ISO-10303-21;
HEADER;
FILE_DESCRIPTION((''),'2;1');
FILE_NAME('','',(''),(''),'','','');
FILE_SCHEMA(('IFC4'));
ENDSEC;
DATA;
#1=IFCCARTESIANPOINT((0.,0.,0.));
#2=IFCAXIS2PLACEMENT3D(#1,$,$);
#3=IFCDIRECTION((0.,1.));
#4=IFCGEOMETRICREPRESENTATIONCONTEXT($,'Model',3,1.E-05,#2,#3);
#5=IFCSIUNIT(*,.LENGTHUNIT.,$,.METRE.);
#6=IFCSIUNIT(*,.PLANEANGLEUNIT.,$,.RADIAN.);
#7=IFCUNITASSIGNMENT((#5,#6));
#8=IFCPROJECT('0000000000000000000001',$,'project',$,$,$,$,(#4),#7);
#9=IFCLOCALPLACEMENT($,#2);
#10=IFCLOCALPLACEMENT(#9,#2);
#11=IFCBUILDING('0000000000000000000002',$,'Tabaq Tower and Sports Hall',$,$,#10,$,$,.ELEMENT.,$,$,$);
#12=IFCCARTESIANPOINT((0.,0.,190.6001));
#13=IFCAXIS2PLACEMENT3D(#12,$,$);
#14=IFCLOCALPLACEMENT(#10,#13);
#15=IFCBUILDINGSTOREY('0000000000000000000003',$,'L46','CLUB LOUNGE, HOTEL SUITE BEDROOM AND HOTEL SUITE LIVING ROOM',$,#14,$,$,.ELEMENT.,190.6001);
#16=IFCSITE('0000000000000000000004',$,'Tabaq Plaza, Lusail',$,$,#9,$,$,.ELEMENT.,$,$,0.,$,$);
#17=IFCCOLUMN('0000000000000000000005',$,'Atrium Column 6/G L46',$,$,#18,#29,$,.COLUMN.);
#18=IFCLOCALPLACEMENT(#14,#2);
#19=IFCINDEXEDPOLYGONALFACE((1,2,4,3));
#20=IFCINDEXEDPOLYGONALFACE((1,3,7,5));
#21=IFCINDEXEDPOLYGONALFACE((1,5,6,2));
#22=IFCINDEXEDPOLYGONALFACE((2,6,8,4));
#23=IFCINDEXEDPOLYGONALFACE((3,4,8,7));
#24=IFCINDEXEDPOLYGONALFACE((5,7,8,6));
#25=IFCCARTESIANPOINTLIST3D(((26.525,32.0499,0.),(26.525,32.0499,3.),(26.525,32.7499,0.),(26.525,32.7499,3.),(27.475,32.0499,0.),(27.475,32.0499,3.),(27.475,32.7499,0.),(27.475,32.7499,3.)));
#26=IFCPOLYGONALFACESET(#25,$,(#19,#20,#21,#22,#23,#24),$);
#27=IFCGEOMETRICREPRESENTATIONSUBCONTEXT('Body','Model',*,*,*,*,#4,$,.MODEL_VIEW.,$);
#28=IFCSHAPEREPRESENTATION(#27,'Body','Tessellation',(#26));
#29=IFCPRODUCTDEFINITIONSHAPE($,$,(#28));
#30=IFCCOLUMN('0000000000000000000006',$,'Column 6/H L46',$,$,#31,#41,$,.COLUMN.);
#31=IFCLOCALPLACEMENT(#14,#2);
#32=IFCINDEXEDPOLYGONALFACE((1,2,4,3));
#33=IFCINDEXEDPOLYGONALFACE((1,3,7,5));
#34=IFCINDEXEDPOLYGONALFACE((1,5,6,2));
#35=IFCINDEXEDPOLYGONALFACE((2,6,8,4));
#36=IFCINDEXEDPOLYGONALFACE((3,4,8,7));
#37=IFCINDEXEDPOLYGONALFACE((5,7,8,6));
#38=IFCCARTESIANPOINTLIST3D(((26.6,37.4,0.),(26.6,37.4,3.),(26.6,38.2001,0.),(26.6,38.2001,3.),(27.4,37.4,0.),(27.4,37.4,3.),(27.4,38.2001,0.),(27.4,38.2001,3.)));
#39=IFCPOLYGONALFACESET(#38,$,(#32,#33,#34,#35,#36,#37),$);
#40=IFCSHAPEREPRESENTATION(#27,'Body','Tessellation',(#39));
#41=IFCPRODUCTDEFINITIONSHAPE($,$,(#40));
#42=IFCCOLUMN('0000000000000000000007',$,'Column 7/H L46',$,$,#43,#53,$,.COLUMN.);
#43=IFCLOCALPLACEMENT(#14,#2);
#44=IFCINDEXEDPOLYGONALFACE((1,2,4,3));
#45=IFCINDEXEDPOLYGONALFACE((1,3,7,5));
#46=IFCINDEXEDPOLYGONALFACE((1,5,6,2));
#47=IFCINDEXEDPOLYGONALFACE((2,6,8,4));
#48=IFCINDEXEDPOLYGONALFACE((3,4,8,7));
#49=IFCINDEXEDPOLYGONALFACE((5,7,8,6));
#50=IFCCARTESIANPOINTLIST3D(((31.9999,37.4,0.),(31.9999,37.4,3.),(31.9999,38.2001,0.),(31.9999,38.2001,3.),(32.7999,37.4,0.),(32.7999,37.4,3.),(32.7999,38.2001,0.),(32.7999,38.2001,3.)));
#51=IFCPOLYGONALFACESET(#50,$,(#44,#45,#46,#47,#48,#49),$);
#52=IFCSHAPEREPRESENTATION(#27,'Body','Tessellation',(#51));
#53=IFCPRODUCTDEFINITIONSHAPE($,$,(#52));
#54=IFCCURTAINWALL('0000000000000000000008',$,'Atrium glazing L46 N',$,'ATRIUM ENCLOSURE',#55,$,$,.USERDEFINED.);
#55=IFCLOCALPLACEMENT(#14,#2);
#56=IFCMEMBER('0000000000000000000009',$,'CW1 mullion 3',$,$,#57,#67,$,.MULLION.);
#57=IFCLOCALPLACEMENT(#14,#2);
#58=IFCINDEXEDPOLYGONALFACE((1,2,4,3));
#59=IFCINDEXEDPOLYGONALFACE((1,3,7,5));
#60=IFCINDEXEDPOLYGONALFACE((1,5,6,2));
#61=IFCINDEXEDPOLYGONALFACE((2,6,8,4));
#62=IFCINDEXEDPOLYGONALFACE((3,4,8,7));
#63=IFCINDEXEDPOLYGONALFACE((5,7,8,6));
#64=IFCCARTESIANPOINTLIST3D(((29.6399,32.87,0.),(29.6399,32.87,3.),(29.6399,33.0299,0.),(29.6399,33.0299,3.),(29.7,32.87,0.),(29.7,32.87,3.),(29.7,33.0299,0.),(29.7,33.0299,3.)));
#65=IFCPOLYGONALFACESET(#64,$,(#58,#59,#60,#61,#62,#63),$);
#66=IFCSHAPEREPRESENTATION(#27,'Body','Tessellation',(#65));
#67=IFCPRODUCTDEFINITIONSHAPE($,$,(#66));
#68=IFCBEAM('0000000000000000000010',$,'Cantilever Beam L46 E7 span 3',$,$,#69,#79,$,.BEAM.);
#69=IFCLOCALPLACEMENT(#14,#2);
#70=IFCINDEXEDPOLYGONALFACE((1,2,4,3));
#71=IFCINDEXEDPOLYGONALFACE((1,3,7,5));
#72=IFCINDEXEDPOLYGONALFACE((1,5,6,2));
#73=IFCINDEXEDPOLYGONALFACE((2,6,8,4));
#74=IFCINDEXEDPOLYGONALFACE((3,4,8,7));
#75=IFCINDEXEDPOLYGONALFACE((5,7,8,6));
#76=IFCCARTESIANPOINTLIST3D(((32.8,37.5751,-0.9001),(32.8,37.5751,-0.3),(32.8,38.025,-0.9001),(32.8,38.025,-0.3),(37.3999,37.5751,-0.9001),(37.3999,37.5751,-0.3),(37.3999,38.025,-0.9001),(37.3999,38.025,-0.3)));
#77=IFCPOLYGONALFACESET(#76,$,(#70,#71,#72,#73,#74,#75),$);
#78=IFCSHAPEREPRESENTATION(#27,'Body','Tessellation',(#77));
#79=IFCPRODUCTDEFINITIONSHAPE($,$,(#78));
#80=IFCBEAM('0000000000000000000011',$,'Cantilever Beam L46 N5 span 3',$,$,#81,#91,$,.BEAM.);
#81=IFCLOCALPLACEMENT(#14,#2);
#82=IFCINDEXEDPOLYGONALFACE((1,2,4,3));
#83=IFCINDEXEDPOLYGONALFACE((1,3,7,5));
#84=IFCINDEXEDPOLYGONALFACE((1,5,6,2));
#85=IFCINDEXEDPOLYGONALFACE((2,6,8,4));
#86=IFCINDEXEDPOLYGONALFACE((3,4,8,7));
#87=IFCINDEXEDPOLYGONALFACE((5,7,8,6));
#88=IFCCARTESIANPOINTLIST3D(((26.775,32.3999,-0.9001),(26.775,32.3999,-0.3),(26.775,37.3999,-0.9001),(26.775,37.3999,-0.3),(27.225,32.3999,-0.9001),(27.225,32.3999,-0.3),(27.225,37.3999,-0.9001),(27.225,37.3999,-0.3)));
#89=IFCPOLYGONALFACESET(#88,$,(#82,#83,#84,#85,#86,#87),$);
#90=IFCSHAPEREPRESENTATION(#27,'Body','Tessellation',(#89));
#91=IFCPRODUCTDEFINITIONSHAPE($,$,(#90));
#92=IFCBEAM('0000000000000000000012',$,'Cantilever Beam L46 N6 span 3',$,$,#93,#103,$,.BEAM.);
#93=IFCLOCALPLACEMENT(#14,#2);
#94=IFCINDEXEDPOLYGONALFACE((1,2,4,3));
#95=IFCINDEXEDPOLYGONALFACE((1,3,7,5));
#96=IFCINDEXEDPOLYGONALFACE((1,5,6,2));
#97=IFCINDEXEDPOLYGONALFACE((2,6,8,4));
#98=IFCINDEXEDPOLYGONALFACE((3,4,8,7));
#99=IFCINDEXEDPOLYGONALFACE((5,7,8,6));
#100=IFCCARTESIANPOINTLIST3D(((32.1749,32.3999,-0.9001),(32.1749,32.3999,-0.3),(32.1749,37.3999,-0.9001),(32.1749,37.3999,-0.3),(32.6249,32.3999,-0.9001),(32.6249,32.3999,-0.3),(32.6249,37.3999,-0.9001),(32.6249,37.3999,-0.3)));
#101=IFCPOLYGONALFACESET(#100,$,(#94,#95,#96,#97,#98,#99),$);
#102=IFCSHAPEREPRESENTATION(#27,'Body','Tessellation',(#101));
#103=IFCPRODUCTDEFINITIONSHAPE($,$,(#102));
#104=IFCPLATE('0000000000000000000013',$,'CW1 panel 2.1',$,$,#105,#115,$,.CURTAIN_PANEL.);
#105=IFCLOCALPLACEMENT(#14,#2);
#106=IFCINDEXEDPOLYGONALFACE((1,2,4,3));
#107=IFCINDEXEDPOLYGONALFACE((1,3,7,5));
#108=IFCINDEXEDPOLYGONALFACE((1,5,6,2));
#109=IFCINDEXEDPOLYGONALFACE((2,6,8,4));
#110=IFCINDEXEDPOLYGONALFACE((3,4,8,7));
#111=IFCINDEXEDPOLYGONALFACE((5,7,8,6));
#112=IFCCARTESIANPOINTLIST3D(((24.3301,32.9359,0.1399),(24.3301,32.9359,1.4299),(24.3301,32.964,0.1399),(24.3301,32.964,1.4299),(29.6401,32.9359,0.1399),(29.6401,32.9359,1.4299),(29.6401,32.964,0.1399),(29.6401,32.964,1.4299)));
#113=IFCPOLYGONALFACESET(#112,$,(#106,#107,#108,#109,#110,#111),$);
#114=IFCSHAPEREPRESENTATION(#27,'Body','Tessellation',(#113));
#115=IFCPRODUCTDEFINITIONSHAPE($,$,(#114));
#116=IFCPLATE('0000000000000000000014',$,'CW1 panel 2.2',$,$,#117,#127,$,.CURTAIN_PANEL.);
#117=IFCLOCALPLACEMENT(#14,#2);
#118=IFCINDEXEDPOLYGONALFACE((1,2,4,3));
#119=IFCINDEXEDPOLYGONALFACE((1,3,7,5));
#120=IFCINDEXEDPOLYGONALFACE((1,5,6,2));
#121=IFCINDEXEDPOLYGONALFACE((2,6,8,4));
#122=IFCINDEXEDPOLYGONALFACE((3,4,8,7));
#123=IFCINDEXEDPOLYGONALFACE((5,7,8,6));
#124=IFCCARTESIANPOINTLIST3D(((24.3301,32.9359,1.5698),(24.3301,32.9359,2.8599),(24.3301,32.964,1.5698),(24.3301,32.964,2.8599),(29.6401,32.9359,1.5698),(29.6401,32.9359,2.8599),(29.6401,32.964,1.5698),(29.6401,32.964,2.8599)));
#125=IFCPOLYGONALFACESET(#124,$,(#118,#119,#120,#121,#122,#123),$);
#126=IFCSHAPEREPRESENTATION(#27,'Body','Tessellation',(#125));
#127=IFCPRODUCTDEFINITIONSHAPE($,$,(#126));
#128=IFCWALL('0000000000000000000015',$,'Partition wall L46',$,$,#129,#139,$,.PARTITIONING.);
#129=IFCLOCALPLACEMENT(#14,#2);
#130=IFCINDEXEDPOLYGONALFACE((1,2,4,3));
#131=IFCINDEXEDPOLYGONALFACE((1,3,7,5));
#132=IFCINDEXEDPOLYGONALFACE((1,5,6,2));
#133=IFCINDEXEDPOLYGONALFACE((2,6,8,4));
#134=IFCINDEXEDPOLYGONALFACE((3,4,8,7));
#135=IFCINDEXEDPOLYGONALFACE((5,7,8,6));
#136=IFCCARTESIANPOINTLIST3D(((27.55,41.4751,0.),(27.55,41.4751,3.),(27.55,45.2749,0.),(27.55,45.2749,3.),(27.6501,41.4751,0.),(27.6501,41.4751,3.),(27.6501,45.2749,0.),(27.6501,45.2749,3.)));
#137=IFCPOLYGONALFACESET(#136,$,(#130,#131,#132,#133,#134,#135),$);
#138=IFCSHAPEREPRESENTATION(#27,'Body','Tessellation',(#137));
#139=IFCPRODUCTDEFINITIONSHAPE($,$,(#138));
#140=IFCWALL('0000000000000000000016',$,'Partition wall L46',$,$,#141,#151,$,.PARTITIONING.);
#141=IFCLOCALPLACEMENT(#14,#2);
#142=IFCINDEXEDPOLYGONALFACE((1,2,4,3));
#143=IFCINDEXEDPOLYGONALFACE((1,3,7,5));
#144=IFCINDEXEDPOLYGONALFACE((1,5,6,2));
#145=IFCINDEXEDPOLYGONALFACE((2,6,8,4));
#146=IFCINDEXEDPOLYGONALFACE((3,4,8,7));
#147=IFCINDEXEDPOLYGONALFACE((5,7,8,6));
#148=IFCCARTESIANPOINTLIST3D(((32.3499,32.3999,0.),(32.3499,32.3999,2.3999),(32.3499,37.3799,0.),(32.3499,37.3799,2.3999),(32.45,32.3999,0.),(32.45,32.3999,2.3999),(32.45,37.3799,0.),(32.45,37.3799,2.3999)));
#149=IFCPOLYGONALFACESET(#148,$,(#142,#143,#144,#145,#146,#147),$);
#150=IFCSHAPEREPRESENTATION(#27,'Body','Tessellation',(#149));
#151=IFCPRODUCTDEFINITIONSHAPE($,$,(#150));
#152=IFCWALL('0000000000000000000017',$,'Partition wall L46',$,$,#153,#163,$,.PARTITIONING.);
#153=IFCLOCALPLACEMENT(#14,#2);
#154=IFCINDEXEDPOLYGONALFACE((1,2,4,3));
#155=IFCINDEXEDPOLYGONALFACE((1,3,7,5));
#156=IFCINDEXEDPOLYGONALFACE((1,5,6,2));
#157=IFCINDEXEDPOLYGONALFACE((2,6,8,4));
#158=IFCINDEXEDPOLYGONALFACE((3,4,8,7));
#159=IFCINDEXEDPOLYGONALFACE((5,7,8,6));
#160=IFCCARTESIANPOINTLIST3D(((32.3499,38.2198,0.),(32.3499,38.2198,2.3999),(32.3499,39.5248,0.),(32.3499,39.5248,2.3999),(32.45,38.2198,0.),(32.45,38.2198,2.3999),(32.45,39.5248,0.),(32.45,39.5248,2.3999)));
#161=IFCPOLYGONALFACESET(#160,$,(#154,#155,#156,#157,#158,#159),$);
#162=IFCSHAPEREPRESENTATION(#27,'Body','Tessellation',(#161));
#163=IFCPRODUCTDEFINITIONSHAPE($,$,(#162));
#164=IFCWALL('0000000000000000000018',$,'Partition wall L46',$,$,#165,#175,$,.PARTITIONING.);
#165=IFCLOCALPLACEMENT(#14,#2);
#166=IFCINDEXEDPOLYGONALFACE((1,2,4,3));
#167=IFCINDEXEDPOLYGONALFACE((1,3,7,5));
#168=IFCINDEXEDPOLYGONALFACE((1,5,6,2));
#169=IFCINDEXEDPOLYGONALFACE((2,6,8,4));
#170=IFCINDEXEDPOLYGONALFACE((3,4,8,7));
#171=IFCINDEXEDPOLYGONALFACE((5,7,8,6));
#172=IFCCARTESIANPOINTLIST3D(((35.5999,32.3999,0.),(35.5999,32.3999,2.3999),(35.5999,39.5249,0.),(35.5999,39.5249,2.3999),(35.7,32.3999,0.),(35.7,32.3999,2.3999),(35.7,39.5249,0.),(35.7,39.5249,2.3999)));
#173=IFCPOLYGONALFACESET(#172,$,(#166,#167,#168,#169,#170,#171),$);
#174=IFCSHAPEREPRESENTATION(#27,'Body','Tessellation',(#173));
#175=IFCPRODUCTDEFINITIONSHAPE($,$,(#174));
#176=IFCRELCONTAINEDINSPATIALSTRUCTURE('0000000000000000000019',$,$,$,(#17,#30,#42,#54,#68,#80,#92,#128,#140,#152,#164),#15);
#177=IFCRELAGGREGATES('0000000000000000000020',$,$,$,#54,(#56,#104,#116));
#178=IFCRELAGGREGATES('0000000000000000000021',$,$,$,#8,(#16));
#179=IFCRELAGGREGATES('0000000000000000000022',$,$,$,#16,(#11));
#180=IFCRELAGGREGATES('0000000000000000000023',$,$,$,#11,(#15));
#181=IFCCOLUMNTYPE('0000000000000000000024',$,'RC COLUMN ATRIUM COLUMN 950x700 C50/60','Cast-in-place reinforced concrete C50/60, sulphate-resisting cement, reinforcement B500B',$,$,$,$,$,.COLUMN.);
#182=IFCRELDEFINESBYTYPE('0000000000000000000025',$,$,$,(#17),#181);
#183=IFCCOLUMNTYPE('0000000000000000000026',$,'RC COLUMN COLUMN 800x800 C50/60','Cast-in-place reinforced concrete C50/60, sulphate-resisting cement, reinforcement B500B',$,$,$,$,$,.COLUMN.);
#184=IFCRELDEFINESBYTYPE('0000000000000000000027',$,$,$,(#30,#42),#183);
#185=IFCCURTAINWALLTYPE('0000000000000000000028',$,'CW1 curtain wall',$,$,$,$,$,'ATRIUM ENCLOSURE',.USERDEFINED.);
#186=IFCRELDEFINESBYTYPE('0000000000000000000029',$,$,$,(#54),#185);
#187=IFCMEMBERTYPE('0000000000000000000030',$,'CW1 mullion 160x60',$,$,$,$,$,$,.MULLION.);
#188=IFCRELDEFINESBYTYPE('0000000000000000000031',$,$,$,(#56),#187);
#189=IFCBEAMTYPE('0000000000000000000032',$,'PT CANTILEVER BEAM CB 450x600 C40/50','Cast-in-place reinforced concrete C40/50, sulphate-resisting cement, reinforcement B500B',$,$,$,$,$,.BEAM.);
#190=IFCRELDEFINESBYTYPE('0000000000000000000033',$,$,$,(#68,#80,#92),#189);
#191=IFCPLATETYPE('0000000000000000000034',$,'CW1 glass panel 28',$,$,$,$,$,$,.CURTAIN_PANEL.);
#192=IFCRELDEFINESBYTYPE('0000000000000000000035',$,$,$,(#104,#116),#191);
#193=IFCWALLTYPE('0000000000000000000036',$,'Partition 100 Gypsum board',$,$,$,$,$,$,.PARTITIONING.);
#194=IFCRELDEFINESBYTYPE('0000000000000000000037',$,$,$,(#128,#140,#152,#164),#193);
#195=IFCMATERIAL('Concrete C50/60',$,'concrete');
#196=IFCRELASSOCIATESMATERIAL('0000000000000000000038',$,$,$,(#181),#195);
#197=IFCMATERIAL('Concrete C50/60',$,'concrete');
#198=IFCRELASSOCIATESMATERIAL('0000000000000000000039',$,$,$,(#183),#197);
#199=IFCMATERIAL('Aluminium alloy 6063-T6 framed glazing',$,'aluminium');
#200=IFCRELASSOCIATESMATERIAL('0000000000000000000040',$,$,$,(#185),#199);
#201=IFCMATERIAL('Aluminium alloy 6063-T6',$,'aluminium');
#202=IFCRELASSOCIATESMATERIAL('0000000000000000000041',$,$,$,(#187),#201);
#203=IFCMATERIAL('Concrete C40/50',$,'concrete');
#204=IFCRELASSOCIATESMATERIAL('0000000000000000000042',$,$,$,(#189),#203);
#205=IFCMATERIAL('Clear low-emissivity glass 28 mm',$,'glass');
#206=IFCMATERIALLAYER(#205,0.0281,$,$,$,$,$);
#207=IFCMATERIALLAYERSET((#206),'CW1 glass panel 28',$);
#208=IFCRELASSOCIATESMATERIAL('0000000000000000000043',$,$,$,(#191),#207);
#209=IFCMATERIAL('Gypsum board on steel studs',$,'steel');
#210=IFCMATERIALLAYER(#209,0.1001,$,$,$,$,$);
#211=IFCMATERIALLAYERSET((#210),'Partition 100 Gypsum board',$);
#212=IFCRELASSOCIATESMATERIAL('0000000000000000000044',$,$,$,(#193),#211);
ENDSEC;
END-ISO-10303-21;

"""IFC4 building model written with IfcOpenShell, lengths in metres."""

from ifc_helpers import new_model, si_unit, direction, frame, frame_2d, origin, origin_2d, place, context, subcontext, project, spatial, rectangle, extrude, material, layer, layer_set, material_profile, profile_set, type_object, element, aggregate, save


model = new_model("IFC4")

# Units and contexts
model_context = context("Model", 3, precision=1e-05, world=origin(), true_north=direction((0.0, 1.0)))
body_context = subcontext(model_context, "Body", "Model", "MODEL_VIEW")
ifc_project = project(units=[si_unit("LENGTHUNIT", "METRE"), si_unit("PLANEANGLEUNIT", "RADIAN")], contexts=[model_context])

# Site, building, storey
site_placement = place(None, origin())
site = spatial("IfcSite", under=ifc_project, at=site_placement, Name="Tabaq Plaza, Lusail", CompositionType="ELEMENT", RefElevation=0.0)
building_placement = place(site_placement, origin())
building = spatial("IfcBuilding", under=site, at=building_placement, Name="Tabaq Tower and Sports Hall", CompositionType="ELEMENT")
storey_placement = place(building_placement, frame((0.0, 0.0, 190.6001)))
storey = spatial("IfcBuildingStorey", under=building, at=storey_placement, Name="L46", Description="CLUB LOUNGE, HOTEL SUITE BEDROOM AND HOTEL SUITE LIVING ROOM", CompositionType="ELEMENT", Elevation=190.6001)

# Columns
ifc_material_1 = material(Name="Concrete C50/60", Category="concrete")
ifc_material_profile_1 = material_profile(ifc_material_1, rectangle(XDim=0.95, YDim=0.7, at=origin_2d()), Name="ATRIUM COLUMN 950x700")
ifc_profile_set_1 = profile_set([ifc_material_profile_1], Name="Concrete C50/60")
column_type_1 = type_object("IfcColumnType", Name="RC COLUMN ATRIUM COLUMN 950x700 C50/60", Description="Cast-in-place reinforced concrete C50/60, sulphate-resisting cement, reinforcement B500B", PredefinedType="COLUMN", material=ifc_profile_set_1)
column_placement = place(storey_placement, frame((27.0, 32.3999, 0.0), z_axis=(0.0, 0.0, 1.0), x_axis=(1.0, 0.0, 0.0)))
element("IfcColumn", 1, at=column_placement, inside=storey, type_object=column_type_1, Name="Atrium Column 6/G L46", PredefinedType="COLUMN", context=body_context, shape_type="SweptSolid", body=[
    extrude(rectangle(XDim=0.95, YDim=0.7, at=origin_2d()), origin(), (0.0, 0.0, 1.0), 3.0),
])
ifc_material_2 = material(Name="Concrete C50/60", Category="concrete")
ifc_material_profile_2 = material_profile(ifc_material_2, rectangle(XDim=0.8, YDim=0.8, at=origin_2d()), Name="COLUMN 800x800")
ifc_profile_set_2 = profile_set([ifc_material_profile_2], Name="Concrete C50/60")
column_type_2 = type_object("IfcColumnType", Name="RC COLUMN COLUMN 800x800 C50/60", Description="Cast-in-place reinforced concrete C50/60, sulphate-resisting cement, reinforcement B500B", PredefinedType="COLUMN", material=ifc_profile_set_2)
for number, where, z_axis, x_axis, name in (
    (2, (27.0, 37.8, 0.0), (0.0, 0.0, 1.0), (1.0, 0.0, 0.0), "Column 6/H L46"),
    (3, (32.3999, 37.8, 0.0), (0.0, 0.0, 1.0), (1.0, 0.0, 0.0), "Column 7/H L46"),
):
    element("IfcColumn", number, at=place(storey_placement, frame(where, z_axis=z_axis, x_axis=x_axis)), inside=storey, type_object=column_type_2, Name=name, PredefinedType="COLUMN", context=body_context, shape_type="SweptSolid", body=[
        extrude(rectangle(XDim=0.8, YDim=0.8, at=origin_2d()), origin(), (0.0, 0.0, 1.0), 3.0),
    ])

# Curtain wall, member
ifc_material_3 = material(Name="Aluminium alloy 6063-T6 framed glazing", Category="aluminium")
curtain_wall_type = type_object("IfcCurtainWallType", Name="CW1 curtain wall", ElementType="ATRIUM ENCLOSURE", PredefinedType="USERDEFINED", material=ifc_material_3)
curtain_wall_placement = place(storey_placement, origin())
curtain_wall = element("IfcCurtainWall", 4, at=curtain_wall_placement, inside=storey, type_object=curtain_wall_type, Name="Atrium glazing L46 N", ObjectType="ATRIUM ENCLOSURE", PredefinedType="USERDEFINED")
ifc_material_4 = material(Name="Aluminium alloy 6063-T6", Category="aluminium")
ifc_material_profile_3 = material_profile(ifc_material_4, rectangle(XDim=0.1599, YDim=0.0601, at=origin_2d()), Name="MULLION 160x60")
ifc_profile_set_3 = profile_set([ifc_material_profile_3], Name="Aluminium alloy 6063-T6")
member_type = type_object("IfcMemberType", Name="CW1 mullion 160x60", PredefinedType="MULLION", material=ifc_profile_set_3)
member_placement = place(storey_placement, frame((29.6699, 32.95, 0.0), z_axis=(0.0, 0.0, 1.0), x_axis=(0.0, 1.0, 0.0)))
member = element("IfcMember", 5, at=member_placement, type_object=member_type, Name="CW1 mullion 3", PredefinedType="MULLION", context=body_context, shape_type="SweptSolid", body=[
    extrude(rectangle(XDim=0.1599, YDim=0.0601, at=origin_2d()), origin(), (0.0, 0.0, 1.0), 3.0),
])

# Beams
ifc_material_5 = material(Name="Concrete C40/50", Category="concrete")
ifc_material_profile_4 = material_profile(ifc_material_5, rectangle(XDim=0.45, YDim=0.6001, at=origin_2d()), Name="CB 450x600")
ifc_profile_set_4 = profile_set([ifc_material_profile_4], Name="Concrete C40/50")
beam_type = type_object("IfcBeamType", Name="PT CANTILEVER BEAM CB 450x600 C40/50", Description="Cast-in-place reinforced concrete C40/50, sulphate-resisting cement, reinforcement B500B", PredefinedType="BEAM", material=ifc_profile_set_4)
beam_placement = place(storey_placement, frame((37.3999, 37.8, -0.6001), z_axis=(-1.0, 0.0, 0.0), x_axis=(0.0, -1.0, 0.0)))
element("IfcBeam", 6, at=beam_placement, inside=storey, type_object=beam_type, Name="Cantilever Beam L46 E7 span 3", PredefinedType="BEAM", context=body_context, shape_type="SweptSolid", body=[
    extrude(rectangle(XDim=0.45, YDim=0.6001, at=origin_2d()), origin(), (0.0, 0.0, 1.0), 4.5999),
])
for number, where, z_axis, x_axis, name in (
    (7, (27.0, 37.3999, -0.6001), (0.0, -1.0, 0.0), (1.0, 0.0, 0.0), "Cantilever Beam L46 N5 span 3"),
    (8, (32.3999, 37.3999, -0.6001), (0.0, -1.0, 0.0), (1.0, 0.0, 0.0), "Cantilever Beam L46 N6 span 3"),
):
    element("IfcBeam", number, at=place(storey_placement, frame(where, z_axis=z_axis, x_axis=x_axis)), inside=storey, type_object=beam_type, Name=name, PredefinedType="BEAM", context=body_context, shape_type="SweptSolid", body=[
        extrude(rectangle(XDim=0.45, YDim=0.6001, at=origin_2d()), origin(), (0.0, 0.0, 1.0), 5.0),
    ])

# Plates
ifc_material_6 = material(Name="Clear low-emissivity glass 28 mm", Category="glass")
ifc_layer_1 = layer(ifc_material_6, 0.0281)
ifc_layer_set_1 = layer_set([ifc_layer_1], Name="CW1 glass panel 28")
plate_type = type_object("IfcPlateType", Name="CW1 glass panel 28", PredefinedType="CURTAIN_PANEL", material=ifc_layer_set_1)
plate_1_placement = place(storey_placement, frame((26.9851, 32.95, 0.1399), z_axis=(0.0, 0.0, 1.0), x_axis=(1.0, 0.0, 0.0)))
plate_1 = element("IfcPlate", 9, at=plate_1_placement, type_object=plate_type, Name="CW1 panel 2.1", PredefinedType="CURTAIN_PANEL", context=body_context, shape_type="SweptSolid", body=[
    extrude(rectangle(XDim=5.3101, YDim=0.0281, at=origin_2d()), origin(), (0.0, 0.0, 1.0), 1.29),
])
plate_2_placement = place(storey_placement, frame((26.9851, 32.95, 1.5698), z_axis=(0.0, 0.0, 1.0), x_axis=(1.0, 0.0, 0.0)))
plate_2 = element("IfcPlate", 10, at=plate_2_placement, type_object=plate_type, Name="CW1 panel 2.2", PredefinedType="CURTAIN_PANEL", context=body_context, shape_type="SweptSolid", body=[
    extrude(rectangle(XDim=5.3101, YDim=0.0281, at=origin_2d()), origin(), (0.0, 0.0, 1.0), 1.29),
])
aggregate(curtain_wall, [member, plate_1, plate_2])

# Walls
ifc_material_7 = material(Name="Gypsum board on steel studs", Category="steel")
ifc_layer_2 = layer(ifc_material_7, 0.1001)
ifc_layer_set_2 = layer_set([ifc_layer_2], Name="Partition 100 Gypsum board")
wall_type_1 = type_object("IfcWallType", Name="Partition 100 Gypsum board", PredefinedType="PARTITIONING", material=ifc_layer_set_2)
wall_1_placement = place(storey_placement, frame((27.6001, 41.4751, 0.0), z_axis=(0.0, 0.0, 1.0), x_axis=(0.0, 1.0, 0.0)))
element("IfcWall", 11, at=wall_1_placement, inside=storey, type_object=wall_type_1, Name="Partition wall L46", PredefinedType="PARTITIONING", context=body_context, shape_type="SweptSolid", body=[
    extrude(rectangle(XDim=3.7998, YDim=0.1001, at=frame_2d((1.8999, 0.0))), origin(), (0.0, 0.0, 1.0), 3.0),
])
wall_2_placement = place(storey_placement, frame((32.3999, 32.3999, 0.0), z_axis=(0.0, 0.0, 1.0), x_axis=(0.0, 1.0, 0.0)))
element("IfcWall", 12, at=wall_2_placement, inside=storey, type_object=wall_type_1, Name="Partition wall L46", PredefinedType="PARTITIONING", context=body_context, shape_type="SweptSolid", body=[
    extrude(rectangle(XDim=4.98, YDim=0.1001, at=frame_2d((2.49, 0.0))), origin(), (0.0, 0.0, 1.0), 2.3999),
])
wall_3_placement = place(storey_placement, frame((32.3999, 38.22, 0.0), z_axis=(0.0, 0.0, 1.0), x_axis=(0.0, 1.0, 0.0)))
element("IfcWall", 13, at=wall_3_placement, inside=storey, type_object=wall_type_1, Name="Partition wall L46", PredefinedType="PARTITIONING", context=body_context, shape_type="SweptSolid", body=[
    extrude(rectangle(XDim=1.3049, YDim=0.1001, at=frame_2d((0.6523, 0.0))), origin(), (0.0, 0.0, 1.0), 2.3999),
])
wall_4_placement = place(storey_placement, frame((35.6499, 39.5249, 0.0), z_axis=(0.0, 0.0, 1.0), x_axis=(0.0, -1.0, 0.0)))
element("IfcWall", 14, at=wall_4_placement, inside=storey, type_object=wall_type_1, Name="Partition wall L46", PredefinedType="PARTITIONING", context=body_context, shape_type="SweptSolid", body=[
    extrude(rectangle(XDim=7.125, YDim=0.1001, at=frame_2d((3.5625, 0.0))), origin(), (0.0, 0.0, 1.0), 2.3999),
])

save(model, "model.ifc")
